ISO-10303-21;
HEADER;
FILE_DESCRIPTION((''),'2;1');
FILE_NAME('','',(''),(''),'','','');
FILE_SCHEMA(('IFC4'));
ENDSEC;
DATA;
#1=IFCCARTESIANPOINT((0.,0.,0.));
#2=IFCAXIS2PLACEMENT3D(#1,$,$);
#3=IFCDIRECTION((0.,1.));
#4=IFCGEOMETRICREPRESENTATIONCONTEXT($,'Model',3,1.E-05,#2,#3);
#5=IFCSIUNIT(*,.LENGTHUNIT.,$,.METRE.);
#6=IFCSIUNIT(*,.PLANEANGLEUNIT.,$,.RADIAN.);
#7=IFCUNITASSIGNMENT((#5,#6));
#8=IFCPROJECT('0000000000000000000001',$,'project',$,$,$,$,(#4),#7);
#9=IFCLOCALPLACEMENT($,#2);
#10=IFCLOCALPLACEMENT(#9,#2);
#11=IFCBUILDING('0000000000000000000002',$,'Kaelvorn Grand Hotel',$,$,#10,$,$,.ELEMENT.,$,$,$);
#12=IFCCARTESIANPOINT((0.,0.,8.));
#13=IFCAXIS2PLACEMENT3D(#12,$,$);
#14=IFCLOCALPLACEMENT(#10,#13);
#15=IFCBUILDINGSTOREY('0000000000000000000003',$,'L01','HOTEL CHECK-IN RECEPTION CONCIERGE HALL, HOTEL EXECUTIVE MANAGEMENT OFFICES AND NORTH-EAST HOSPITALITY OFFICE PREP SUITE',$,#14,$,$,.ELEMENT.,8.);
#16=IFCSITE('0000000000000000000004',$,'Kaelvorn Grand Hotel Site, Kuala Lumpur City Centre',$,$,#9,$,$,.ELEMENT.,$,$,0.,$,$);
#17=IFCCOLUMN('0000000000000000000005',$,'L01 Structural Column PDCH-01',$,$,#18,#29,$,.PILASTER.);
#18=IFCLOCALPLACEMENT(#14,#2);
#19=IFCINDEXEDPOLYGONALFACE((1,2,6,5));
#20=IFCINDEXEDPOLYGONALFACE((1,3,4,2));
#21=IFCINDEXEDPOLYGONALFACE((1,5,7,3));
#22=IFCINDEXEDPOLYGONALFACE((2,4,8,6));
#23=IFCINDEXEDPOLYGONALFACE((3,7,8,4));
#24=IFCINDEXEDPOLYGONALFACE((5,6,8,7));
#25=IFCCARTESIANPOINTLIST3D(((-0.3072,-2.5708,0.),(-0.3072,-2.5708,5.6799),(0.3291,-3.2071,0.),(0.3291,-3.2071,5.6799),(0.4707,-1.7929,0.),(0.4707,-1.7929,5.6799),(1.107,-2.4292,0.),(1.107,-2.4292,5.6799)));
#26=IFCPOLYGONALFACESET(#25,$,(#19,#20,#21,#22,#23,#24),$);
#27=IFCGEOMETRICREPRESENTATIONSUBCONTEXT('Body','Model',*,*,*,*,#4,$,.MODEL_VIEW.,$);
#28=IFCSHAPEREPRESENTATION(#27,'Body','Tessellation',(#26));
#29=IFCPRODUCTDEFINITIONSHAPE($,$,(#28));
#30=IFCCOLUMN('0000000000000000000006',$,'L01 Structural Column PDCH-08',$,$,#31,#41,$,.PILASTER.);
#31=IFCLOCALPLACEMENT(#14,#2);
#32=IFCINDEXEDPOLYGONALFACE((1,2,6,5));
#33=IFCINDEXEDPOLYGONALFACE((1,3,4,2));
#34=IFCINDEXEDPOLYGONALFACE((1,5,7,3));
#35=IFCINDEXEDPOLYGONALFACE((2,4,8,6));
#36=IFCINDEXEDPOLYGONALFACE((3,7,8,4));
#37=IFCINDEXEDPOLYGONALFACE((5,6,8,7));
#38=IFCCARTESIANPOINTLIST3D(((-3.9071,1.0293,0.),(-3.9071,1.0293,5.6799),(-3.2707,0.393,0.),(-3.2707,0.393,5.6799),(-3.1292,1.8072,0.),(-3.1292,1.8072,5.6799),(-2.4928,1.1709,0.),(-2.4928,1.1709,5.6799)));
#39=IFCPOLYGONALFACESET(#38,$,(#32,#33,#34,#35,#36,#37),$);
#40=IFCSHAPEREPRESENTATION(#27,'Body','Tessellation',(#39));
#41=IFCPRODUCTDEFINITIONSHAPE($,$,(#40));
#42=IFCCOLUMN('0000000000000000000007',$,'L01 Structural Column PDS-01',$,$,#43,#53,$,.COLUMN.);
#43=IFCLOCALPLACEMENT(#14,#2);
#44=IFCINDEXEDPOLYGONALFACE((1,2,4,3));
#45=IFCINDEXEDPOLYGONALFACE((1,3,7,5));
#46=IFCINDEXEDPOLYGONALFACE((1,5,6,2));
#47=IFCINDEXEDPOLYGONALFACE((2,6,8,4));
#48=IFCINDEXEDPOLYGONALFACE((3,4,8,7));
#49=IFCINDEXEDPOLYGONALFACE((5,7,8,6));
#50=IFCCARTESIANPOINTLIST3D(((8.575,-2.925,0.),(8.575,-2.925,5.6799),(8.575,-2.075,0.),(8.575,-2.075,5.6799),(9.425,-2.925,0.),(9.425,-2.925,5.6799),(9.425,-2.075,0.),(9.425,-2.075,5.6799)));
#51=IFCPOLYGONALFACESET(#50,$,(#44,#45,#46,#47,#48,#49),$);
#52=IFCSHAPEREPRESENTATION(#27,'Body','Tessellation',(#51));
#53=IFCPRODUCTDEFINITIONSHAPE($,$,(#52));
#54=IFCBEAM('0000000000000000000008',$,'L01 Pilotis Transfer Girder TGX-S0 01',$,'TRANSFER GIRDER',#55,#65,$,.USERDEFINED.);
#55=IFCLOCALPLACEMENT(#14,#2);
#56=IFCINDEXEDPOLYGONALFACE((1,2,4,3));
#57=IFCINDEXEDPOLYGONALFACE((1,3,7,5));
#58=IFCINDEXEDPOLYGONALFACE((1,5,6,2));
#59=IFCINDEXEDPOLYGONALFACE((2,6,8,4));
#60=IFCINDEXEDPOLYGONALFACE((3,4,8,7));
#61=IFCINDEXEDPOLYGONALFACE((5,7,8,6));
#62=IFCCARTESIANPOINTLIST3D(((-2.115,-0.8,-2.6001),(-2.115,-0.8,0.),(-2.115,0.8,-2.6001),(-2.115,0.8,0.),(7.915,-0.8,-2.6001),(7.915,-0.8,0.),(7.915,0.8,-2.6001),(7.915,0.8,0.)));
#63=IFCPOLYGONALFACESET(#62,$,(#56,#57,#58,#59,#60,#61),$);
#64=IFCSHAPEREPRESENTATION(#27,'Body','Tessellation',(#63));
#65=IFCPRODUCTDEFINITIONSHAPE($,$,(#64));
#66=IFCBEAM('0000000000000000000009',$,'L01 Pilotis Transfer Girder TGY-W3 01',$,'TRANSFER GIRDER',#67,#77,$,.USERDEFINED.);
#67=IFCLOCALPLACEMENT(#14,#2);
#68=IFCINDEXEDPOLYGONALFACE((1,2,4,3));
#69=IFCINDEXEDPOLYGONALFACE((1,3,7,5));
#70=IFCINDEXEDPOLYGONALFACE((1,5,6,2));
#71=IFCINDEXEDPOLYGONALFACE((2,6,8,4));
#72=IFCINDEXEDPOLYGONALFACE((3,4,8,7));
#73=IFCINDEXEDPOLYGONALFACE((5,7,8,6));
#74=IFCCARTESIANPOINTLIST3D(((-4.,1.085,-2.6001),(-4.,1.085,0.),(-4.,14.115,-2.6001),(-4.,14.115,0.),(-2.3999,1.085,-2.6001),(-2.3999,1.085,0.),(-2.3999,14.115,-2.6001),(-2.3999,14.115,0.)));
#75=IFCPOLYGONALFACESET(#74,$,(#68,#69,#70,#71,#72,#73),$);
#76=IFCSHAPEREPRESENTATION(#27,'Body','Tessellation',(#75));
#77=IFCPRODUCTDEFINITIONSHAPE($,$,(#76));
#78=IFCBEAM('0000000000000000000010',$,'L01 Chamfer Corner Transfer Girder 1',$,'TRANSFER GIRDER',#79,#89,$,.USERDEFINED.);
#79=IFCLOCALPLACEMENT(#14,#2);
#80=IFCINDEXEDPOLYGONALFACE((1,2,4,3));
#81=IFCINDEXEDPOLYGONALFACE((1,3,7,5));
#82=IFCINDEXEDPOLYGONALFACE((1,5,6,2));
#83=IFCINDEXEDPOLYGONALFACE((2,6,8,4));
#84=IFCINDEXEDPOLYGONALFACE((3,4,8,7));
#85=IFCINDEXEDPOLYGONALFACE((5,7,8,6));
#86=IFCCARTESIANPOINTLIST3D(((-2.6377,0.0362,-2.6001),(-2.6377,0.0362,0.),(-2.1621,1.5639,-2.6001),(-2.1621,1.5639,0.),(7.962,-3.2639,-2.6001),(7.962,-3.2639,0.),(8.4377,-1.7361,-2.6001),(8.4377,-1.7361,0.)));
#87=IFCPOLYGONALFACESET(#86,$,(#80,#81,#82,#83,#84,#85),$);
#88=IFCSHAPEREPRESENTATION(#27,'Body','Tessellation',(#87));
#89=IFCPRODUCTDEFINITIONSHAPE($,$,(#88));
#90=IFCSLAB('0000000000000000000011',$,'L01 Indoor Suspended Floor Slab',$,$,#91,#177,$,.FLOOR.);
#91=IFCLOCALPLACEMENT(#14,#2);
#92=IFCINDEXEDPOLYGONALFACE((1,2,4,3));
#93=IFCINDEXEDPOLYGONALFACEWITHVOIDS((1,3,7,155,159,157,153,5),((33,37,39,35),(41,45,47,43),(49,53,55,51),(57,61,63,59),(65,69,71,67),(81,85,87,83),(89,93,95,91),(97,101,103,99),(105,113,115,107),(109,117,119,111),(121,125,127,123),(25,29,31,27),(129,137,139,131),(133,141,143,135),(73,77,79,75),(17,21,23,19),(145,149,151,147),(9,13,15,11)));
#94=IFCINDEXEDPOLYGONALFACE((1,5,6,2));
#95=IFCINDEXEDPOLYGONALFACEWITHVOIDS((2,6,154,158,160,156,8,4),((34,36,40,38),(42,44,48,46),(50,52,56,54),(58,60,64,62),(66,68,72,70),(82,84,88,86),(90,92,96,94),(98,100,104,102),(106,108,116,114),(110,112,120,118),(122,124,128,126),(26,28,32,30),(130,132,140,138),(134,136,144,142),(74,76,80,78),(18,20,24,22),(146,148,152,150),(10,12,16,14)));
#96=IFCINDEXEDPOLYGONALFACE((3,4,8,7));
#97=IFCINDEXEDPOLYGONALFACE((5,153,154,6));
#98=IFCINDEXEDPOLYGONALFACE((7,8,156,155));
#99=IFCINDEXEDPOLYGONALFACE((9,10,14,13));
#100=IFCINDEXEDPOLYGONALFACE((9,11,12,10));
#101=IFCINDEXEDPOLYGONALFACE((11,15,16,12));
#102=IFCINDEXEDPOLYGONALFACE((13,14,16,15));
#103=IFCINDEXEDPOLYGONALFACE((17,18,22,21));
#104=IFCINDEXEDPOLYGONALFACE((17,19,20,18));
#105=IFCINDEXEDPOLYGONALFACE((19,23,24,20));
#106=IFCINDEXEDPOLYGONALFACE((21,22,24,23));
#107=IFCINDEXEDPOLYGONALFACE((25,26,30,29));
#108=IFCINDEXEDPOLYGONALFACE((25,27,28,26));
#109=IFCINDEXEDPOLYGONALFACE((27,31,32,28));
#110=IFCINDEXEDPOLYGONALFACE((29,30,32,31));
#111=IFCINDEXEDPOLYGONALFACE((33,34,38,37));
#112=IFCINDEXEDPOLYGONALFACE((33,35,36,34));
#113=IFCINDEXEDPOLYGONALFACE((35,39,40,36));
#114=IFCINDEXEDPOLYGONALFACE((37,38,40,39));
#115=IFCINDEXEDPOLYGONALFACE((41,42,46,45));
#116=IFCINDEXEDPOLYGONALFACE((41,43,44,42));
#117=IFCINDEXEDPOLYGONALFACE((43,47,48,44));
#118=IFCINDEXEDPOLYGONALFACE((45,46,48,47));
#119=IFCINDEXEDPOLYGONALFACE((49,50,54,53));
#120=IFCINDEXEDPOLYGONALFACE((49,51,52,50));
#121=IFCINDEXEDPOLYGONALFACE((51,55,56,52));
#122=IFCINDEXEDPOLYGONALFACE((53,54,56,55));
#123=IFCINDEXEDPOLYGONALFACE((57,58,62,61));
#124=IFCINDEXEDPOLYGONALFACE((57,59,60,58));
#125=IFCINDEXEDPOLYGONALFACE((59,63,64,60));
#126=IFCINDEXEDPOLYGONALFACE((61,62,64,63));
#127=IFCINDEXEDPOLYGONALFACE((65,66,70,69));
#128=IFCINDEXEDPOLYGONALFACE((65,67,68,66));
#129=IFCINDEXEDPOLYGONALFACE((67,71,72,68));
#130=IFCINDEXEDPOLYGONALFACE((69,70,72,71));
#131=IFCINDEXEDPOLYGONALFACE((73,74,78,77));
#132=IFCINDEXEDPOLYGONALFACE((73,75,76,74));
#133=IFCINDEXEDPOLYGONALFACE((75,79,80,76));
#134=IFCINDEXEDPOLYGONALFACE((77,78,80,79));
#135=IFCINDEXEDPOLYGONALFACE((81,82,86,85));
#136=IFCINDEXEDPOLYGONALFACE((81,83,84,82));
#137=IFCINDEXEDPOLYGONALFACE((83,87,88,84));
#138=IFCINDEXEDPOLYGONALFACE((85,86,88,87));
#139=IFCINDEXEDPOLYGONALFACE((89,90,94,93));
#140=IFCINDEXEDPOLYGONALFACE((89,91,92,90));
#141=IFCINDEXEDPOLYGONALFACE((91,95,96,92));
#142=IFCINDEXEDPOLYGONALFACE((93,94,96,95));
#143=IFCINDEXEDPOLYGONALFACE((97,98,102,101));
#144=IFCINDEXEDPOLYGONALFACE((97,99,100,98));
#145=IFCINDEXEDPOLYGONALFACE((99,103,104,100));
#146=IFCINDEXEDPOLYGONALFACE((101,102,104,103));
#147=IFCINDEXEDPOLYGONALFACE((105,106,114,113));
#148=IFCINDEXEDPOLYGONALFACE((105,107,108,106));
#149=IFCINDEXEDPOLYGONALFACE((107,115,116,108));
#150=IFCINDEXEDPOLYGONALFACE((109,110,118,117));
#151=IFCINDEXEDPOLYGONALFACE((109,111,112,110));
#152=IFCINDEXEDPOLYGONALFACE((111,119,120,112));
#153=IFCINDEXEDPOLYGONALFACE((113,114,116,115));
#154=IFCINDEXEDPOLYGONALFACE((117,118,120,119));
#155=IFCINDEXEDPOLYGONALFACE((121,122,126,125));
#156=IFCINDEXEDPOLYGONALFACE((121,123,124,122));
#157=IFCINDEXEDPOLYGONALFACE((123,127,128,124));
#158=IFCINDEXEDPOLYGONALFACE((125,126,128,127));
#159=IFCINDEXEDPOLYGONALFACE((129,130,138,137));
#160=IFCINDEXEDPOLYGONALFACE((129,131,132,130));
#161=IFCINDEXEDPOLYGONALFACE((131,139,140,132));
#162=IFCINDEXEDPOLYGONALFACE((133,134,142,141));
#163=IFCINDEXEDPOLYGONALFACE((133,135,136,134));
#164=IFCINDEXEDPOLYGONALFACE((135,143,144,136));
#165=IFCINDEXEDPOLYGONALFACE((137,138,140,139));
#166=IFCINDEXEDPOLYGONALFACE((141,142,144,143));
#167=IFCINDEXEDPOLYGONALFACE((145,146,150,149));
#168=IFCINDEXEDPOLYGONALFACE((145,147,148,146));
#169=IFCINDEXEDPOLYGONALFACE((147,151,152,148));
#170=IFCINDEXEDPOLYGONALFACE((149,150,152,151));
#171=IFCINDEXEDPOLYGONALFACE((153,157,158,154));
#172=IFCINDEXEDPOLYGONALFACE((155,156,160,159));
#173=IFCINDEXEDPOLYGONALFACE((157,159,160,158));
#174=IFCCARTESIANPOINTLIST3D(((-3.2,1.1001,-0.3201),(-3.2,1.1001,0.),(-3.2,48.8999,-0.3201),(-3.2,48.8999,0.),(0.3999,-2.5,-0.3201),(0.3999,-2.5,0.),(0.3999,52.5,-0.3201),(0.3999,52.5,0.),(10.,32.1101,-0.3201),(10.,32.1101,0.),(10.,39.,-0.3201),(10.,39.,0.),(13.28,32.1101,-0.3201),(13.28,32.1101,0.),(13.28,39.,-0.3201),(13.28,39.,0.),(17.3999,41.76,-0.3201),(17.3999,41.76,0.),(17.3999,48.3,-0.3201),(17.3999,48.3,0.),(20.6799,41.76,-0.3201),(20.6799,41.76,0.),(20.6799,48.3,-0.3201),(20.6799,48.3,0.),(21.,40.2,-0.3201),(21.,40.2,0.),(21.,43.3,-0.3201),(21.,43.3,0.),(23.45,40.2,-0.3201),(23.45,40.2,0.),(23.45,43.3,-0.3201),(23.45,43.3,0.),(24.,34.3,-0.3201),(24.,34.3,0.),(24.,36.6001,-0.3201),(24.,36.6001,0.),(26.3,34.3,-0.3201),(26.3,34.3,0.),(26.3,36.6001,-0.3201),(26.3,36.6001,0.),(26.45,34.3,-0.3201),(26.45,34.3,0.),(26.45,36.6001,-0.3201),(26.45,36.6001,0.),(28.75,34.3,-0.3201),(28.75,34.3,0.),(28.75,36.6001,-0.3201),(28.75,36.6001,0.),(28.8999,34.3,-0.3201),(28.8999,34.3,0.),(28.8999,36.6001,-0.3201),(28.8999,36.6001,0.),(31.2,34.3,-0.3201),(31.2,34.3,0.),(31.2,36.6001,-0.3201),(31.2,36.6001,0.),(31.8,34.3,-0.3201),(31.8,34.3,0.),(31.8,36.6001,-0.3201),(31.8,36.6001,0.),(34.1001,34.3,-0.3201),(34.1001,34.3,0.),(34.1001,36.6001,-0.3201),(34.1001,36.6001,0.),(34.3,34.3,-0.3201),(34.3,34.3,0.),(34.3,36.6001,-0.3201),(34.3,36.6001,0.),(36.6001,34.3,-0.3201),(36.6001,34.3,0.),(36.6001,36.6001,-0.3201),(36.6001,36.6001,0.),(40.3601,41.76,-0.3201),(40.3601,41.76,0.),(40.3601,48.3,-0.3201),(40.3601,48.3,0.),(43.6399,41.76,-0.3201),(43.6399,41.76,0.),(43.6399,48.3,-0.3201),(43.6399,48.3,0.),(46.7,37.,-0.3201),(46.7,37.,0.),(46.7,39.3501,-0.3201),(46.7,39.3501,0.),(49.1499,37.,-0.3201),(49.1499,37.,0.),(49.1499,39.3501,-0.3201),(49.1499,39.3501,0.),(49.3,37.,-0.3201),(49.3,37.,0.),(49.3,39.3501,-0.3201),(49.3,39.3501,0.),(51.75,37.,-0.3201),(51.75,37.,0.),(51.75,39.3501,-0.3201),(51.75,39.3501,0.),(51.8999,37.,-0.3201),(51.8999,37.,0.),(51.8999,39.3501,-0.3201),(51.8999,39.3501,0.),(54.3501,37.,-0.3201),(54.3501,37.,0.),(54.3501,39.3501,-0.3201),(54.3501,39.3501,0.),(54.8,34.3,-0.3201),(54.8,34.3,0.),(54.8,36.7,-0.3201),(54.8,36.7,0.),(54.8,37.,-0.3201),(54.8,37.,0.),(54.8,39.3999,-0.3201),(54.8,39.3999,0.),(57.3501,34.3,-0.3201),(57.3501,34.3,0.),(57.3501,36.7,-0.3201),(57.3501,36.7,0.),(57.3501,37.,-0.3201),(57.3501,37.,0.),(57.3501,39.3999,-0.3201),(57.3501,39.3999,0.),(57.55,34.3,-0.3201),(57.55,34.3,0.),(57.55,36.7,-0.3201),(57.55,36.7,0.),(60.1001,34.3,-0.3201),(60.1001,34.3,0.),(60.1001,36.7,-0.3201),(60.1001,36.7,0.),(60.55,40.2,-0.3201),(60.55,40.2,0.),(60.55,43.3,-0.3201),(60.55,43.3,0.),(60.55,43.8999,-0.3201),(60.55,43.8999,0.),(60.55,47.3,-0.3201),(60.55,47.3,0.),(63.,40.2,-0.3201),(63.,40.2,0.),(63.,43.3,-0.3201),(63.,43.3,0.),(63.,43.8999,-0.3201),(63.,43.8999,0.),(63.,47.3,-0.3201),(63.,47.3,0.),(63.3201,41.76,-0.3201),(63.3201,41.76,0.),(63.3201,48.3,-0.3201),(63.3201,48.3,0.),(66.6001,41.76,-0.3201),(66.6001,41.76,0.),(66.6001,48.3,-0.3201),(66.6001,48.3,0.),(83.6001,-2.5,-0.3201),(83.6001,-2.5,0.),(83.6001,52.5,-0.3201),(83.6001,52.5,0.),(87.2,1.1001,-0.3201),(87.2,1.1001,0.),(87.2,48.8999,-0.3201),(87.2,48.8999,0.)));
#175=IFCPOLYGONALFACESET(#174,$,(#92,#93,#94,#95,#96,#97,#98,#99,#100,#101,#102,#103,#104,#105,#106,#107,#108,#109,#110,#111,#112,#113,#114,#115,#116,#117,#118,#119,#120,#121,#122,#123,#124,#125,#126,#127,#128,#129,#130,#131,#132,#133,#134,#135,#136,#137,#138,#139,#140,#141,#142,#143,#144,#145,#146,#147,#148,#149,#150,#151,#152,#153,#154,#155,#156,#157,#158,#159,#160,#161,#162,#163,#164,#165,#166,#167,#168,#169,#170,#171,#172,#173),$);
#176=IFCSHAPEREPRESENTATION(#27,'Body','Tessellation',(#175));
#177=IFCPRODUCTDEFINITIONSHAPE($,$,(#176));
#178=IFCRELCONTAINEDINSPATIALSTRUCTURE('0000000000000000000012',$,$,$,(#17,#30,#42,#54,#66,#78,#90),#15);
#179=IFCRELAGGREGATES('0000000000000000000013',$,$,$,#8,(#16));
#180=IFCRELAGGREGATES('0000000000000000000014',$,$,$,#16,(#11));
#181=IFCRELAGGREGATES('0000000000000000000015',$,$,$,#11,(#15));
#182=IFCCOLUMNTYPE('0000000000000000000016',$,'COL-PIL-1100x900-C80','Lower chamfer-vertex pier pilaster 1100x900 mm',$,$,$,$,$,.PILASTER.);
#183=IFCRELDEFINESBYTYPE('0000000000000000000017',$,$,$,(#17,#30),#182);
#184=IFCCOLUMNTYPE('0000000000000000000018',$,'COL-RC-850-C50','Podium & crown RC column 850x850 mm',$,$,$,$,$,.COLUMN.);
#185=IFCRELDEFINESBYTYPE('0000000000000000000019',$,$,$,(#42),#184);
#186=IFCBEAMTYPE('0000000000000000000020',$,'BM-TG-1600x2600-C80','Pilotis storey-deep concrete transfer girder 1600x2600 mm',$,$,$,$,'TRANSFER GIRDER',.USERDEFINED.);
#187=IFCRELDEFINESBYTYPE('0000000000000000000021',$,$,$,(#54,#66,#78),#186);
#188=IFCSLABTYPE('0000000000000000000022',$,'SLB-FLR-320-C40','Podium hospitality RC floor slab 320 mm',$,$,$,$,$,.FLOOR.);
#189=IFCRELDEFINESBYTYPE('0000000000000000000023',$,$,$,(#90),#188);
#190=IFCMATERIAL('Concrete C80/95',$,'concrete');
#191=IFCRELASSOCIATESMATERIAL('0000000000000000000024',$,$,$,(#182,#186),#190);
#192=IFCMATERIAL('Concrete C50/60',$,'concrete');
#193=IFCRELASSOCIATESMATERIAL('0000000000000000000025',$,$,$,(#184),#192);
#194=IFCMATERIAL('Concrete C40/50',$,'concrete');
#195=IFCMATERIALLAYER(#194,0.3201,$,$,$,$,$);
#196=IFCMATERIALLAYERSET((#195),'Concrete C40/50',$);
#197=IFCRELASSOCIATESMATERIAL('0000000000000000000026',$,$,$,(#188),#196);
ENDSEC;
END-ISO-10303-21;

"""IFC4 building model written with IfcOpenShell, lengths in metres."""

from ifc_helpers import new_model, si_unit, direction, frame, origin, origin_2d, place, context, subcontext, project, spatial, polyline, rectangle, outline, extrude, material, layer, layer_set, material_profile, profile_set, type_object, element, save


model = new_model("IFC4")

# Units and contexts
model_context = context("Model", 3, precision=1e-05, world=origin(), true_north=direction((0.0, 1.0)))
body_context = subcontext(model_context, "Body", "Model", "MODEL_VIEW")
ifc_project = project(units=[si_unit("LENGTHUNIT", "METRE"), si_unit("PLANEANGLEUNIT", "RADIAN")], contexts=[model_context])

# Site, building, storey
site_placement = place(None, origin())
site = spatial("IfcSite", under=ifc_project, at=site_placement, Name="Kaelvorn Grand Hotel Site, Kuala Lumpur City Centre", CompositionType="ELEMENT", RefElevation=0.0)
building_placement = place(site_placement, origin())
building = spatial("IfcBuilding", under=site, at=building_placement, Name="Kaelvorn Grand Hotel", CompositionType="ELEMENT")
storey_placement = place(building_placement, frame((0.0, 0.0, 8.0)))
storey = spatial("IfcBuildingStorey", under=building, at=storey_placement, Name="L01", Description="HOTEL CHECK-IN RECEPTION CONCIERGE HALL, HOTEL EXECUTIVE MANAGEMENT OFFICES AND NORTH-EAST HOSPITALITY OFFICE PREP SUITE", CompositionType="ELEMENT", Elevation=8.0)

# Columns
ifc_material_1 = material(Name="Concrete C80/95", Category="concrete")
ifc_material_profile_1 = material_profile(ifc_material_1, rectangle(XDim=1.1001, YDim=0.8999, at=origin_2d()), Name="RC PILASTER 1100x900")
ifc_profile_set_1 = profile_set([ifc_material_profile_1], Name="Concrete C80/95")
column_type_1 = type_object("IfcColumnType", Name="COL-PIL-1100x900-C80", Description="Lower chamfer-vertex pier pilaster 1100x900 mm", PredefinedType="PILASTER", material=ifc_profile_set_1)
for number, where, z_axis, x_axis, name in (
    (1, (0.3999, -2.5, 0.0), (0.0, 0.0, 1.0), (0.707107, 0.707107, 0.0), "L01 Structural Column PDCH-01"),
    (2, (-3.2, 1.1001, 0.0), (0.0, 0.0, 1.0), (0.707107, 0.707107, 0.0), "L01 Structural Column PDCH-08"),
):
    element("IfcColumn", number, at=place(storey_placement, frame(where, z_axis=z_axis, x_axis=x_axis)), inside=storey, type_object=column_type_1, Name=name, PredefinedType="PILASTER", context=body_context, shape_type="SweptSolid", body=[
        extrude(rectangle(XDim=1.1001, YDim=0.8999, at=origin_2d()), origin(), (0.0, 0.0, 1.0), 5.6799),
    ])
ifc_material_2 = material(Name="Concrete C50/60", Category="concrete")
ifc_material_profile_2 = material_profile(ifc_material_2, rectangle(XDim=0.8501, YDim=0.8501, at=origin_2d()), Name="RC COL 850x850")
ifc_profile_set_2 = profile_set([ifc_material_profile_2], Name="Concrete C50/60")
column_type_2 = type_object("IfcColumnType", Name="COL-RC-850-C50", Description="Podium & crown RC column 850x850 mm", PredefinedType="COLUMN", material=ifc_profile_set_2)
column_placement = place(storey_placement, frame((9.0, -2.5, 0.0), z_axis=(0.0, 0.0, 1.0), x_axis=(1.0, 0.0, 0.0)))
element("IfcColumn", 3, at=column_placement, inside=storey, type_object=column_type_2, Name="L01 Structural Column PDS-01", PredefinedType="COLUMN", context=body_context, shape_type="SweptSolid", body=[
    extrude(rectangle(XDim=0.8501, YDim=0.8501, at=origin_2d()), origin(), (0.0, 0.0, 1.0), 5.6799),
])

# Beams
ifc_material_profile_3 = material_profile(ifc_material_1, rectangle(XDim=1.6001, YDim=2.6001, at=origin_2d()), Name="RC TG 1600x2600")
ifc_profile_set_3 = profile_set([ifc_material_profile_3], Name="Concrete C80/95")
beam_type = type_object("IfcBeamType", Name="BM-TG-1600x2600-C80", Description="Pilotis storey-deep concrete transfer girder 1600x2600 mm", ElementType="TRANSFER GIRDER", PredefinedType="USERDEFINED", material=ifc_profile_set_3)
beam_1_placement = place(storey_placement, frame((-2.115, 0.0, -1.3), z_axis=(1.0, 0.0, 0.0), x_axis=(0.0, 1.0, 0.0)))
element("IfcBeam", 4, at=beam_1_placement, inside=storey, type_object=beam_type, Name="L01 Pilotis Transfer Girder TGX-S0 01", ObjectType="TRANSFER GIRDER", PredefinedType="USERDEFINED", context=body_context, shape_type="SweptSolid", body=[
    extrude(rectangle(XDim=1.6001, YDim=2.6001, at=origin_2d()), origin(), (0.0, 0.0, 1.0), 10.03),
])
beam_2_placement = place(storey_placement, frame((-3.2, 1.085, -1.3), z_axis=(0.0, 1.0, 0.0), x_axis=(-1.0, 0.0, 0.0)))
element("IfcBeam", 5, at=beam_2_placement, inside=storey, type_object=beam_type, Name="L01 Pilotis Transfer Girder TGY-W3 01", ObjectType="TRANSFER GIRDER", PredefinedType="USERDEFINED", context=body_context, shape_type="SweptSolid", body=[
    extrude(rectangle(XDim=1.6001, YDim=2.6001, at=origin_2d()), origin(), (0.0, 0.0, 1.0), 13.03),
])
beam_3_placement = place(storey_placement, frame((-2.3999, 0.8, -1.3), z_axis=(0.954798, -0.297257, 0.0), x_axis=(0.297257, 0.954798, 0.0)))
element("IfcBeam", 6, at=beam_3_placement, inside=storey, type_object=beam_type, Name="L01 Chamfer Corner Transfer Girder 1", ObjectType="TRANSFER GIRDER", PredefinedType="USERDEFINED", context=body_context, shape_type="SweptSolid", body=[
    extrude(rectangle(XDim=1.6001, YDim=2.6001, at=origin_2d()), origin(), (0.0, 0.0, 1.0), 11.1016),
])

# Slab
ifc_material_3 = material(Name="Concrete C40/50", Category="concrete")
ifc_layer_1 = layer(ifc_material_3, 0.3201)
ifc_layer_set_1 = layer_set([ifc_layer_1], Name="Concrete C40/50")
slab_type_1 = type_object("IfcSlabType", Name="SLB-FLR-320-C40", Description="Podium hospitality RC floor slab 320 mm", PredefinedType="FLOOR", material=ifc_layer_set_1)
slab_1_placement = place(storey_placement, frame((0.0, 0.0, -0.3201)))
element("IfcSlab", 7, at=slab_1_placement, inside=storey, type_object=slab_type_1, Name="L01 Indoor Suspended Floor Slab", PredefinedType="FLOOR", context=body_context, shape_type="SweptSolid", body=[
    extrude(outline(polyline([(0.3999, -2.5), (83.6001, -2.5), (87.2, 1.1001), (87.2, 48.8999), (83.6001, 52.5), (0.3999, 52.5), (-3.2, 48.8999), (-3.2, 1.1001), (0.3999, -2.5)]), holes=[polyline([(17.3999, 41.76), (17.3999, 48.3), (20.6799, 48.3), (20.6799, 41.76), (17.3999, 41.76)]), polyline([(40.3601, 41.76), (40.3601, 48.3), (43.6399, 48.3), (43.6399, 41.76), (40.3601, 41.76)]), polyline([(63.3201, 41.76), (63.3201, 48.3), (66.6001, 48.3), (66.6001, 41.76), (63.3201, 41.76)]), polyline([(10.0, 32.1101), (10.0, 39.0), (13.28, 39.0), (13.28, 32.1101), (10.0, 32.1101)]), polyline([(24.0, 34.3), (24.0, 36.6001), (26.3, 36.6001), (26.3, 34.3), (24.0, 34.3)]), polyline([(26.45, 34.3), (26.45, 36.6001), (28.75, 36.6001), (28.75, 34.3), (26.45, 34.3)]), polyline([(28.8999, 34.3), (28.8999, 36.6001), (31.2, 36.6001), (31.2, 34.3), (28.8999, 34.3)]), polyline([(46.7, 37.0), (46.7, 39.3501), (49.1499, 39.3501), (49.1499, 37.0), (46.7, 37.0)]), polyline([(49.3, 37.0), (49.3, 39.3501), (51.75, 39.3501), (51.75, 37.0), (49.3, 37.0)]), polyline([(51.8999, 37.0), (51.8999, 39.3501), (54.3501, 39.3501), (54.3501, 37.0), (51.8999, 37.0)]), polyline([(54.8, 34.3), (54.8, 36.7), (57.3501, 36.7), (57.3501, 34.3), (54.8, 34.3)]), polyline([(57.55, 34.3), (57.55, 36.7), (60.1001, 36.7), (60.1001, 34.3), (57.55, 34.3)]), polyline([(54.8, 37.0), (54.8, 39.3999), (57.3501, 39.3999), (57.3501, 37.0), (54.8, 37.0)]), polyline([(31.8, 34.3), (31.8, 36.6001), (34.1001, 36.6001), (34.1001, 34.3), (31.8, 34.3)]), polyline([(34.3, 34.3), (34.3, 36.6001), (36.6001, 36.6001), (36.6001, 34.3), (34.3, 34.3)]), polyline([(21.0, 40.2), (21.0, 43.3), (23.45, 43.3), (23.45, 40.2), (21.0, 40.2)]), polyline([(60.55, 40.2), (60.55, 43.3), (63.0, 43.3), (63.0, 40.2), (60.55, 40.2)]), polyline([(60.55, 43.8999), (60.55, 47.3), (63.0, 47.3), (63.0, 43.8999), (60.55, 43.8999)])]), origin(), (0.0, 0.0, 1.0), 0.3201),
])

save(model, "model.ifc")
